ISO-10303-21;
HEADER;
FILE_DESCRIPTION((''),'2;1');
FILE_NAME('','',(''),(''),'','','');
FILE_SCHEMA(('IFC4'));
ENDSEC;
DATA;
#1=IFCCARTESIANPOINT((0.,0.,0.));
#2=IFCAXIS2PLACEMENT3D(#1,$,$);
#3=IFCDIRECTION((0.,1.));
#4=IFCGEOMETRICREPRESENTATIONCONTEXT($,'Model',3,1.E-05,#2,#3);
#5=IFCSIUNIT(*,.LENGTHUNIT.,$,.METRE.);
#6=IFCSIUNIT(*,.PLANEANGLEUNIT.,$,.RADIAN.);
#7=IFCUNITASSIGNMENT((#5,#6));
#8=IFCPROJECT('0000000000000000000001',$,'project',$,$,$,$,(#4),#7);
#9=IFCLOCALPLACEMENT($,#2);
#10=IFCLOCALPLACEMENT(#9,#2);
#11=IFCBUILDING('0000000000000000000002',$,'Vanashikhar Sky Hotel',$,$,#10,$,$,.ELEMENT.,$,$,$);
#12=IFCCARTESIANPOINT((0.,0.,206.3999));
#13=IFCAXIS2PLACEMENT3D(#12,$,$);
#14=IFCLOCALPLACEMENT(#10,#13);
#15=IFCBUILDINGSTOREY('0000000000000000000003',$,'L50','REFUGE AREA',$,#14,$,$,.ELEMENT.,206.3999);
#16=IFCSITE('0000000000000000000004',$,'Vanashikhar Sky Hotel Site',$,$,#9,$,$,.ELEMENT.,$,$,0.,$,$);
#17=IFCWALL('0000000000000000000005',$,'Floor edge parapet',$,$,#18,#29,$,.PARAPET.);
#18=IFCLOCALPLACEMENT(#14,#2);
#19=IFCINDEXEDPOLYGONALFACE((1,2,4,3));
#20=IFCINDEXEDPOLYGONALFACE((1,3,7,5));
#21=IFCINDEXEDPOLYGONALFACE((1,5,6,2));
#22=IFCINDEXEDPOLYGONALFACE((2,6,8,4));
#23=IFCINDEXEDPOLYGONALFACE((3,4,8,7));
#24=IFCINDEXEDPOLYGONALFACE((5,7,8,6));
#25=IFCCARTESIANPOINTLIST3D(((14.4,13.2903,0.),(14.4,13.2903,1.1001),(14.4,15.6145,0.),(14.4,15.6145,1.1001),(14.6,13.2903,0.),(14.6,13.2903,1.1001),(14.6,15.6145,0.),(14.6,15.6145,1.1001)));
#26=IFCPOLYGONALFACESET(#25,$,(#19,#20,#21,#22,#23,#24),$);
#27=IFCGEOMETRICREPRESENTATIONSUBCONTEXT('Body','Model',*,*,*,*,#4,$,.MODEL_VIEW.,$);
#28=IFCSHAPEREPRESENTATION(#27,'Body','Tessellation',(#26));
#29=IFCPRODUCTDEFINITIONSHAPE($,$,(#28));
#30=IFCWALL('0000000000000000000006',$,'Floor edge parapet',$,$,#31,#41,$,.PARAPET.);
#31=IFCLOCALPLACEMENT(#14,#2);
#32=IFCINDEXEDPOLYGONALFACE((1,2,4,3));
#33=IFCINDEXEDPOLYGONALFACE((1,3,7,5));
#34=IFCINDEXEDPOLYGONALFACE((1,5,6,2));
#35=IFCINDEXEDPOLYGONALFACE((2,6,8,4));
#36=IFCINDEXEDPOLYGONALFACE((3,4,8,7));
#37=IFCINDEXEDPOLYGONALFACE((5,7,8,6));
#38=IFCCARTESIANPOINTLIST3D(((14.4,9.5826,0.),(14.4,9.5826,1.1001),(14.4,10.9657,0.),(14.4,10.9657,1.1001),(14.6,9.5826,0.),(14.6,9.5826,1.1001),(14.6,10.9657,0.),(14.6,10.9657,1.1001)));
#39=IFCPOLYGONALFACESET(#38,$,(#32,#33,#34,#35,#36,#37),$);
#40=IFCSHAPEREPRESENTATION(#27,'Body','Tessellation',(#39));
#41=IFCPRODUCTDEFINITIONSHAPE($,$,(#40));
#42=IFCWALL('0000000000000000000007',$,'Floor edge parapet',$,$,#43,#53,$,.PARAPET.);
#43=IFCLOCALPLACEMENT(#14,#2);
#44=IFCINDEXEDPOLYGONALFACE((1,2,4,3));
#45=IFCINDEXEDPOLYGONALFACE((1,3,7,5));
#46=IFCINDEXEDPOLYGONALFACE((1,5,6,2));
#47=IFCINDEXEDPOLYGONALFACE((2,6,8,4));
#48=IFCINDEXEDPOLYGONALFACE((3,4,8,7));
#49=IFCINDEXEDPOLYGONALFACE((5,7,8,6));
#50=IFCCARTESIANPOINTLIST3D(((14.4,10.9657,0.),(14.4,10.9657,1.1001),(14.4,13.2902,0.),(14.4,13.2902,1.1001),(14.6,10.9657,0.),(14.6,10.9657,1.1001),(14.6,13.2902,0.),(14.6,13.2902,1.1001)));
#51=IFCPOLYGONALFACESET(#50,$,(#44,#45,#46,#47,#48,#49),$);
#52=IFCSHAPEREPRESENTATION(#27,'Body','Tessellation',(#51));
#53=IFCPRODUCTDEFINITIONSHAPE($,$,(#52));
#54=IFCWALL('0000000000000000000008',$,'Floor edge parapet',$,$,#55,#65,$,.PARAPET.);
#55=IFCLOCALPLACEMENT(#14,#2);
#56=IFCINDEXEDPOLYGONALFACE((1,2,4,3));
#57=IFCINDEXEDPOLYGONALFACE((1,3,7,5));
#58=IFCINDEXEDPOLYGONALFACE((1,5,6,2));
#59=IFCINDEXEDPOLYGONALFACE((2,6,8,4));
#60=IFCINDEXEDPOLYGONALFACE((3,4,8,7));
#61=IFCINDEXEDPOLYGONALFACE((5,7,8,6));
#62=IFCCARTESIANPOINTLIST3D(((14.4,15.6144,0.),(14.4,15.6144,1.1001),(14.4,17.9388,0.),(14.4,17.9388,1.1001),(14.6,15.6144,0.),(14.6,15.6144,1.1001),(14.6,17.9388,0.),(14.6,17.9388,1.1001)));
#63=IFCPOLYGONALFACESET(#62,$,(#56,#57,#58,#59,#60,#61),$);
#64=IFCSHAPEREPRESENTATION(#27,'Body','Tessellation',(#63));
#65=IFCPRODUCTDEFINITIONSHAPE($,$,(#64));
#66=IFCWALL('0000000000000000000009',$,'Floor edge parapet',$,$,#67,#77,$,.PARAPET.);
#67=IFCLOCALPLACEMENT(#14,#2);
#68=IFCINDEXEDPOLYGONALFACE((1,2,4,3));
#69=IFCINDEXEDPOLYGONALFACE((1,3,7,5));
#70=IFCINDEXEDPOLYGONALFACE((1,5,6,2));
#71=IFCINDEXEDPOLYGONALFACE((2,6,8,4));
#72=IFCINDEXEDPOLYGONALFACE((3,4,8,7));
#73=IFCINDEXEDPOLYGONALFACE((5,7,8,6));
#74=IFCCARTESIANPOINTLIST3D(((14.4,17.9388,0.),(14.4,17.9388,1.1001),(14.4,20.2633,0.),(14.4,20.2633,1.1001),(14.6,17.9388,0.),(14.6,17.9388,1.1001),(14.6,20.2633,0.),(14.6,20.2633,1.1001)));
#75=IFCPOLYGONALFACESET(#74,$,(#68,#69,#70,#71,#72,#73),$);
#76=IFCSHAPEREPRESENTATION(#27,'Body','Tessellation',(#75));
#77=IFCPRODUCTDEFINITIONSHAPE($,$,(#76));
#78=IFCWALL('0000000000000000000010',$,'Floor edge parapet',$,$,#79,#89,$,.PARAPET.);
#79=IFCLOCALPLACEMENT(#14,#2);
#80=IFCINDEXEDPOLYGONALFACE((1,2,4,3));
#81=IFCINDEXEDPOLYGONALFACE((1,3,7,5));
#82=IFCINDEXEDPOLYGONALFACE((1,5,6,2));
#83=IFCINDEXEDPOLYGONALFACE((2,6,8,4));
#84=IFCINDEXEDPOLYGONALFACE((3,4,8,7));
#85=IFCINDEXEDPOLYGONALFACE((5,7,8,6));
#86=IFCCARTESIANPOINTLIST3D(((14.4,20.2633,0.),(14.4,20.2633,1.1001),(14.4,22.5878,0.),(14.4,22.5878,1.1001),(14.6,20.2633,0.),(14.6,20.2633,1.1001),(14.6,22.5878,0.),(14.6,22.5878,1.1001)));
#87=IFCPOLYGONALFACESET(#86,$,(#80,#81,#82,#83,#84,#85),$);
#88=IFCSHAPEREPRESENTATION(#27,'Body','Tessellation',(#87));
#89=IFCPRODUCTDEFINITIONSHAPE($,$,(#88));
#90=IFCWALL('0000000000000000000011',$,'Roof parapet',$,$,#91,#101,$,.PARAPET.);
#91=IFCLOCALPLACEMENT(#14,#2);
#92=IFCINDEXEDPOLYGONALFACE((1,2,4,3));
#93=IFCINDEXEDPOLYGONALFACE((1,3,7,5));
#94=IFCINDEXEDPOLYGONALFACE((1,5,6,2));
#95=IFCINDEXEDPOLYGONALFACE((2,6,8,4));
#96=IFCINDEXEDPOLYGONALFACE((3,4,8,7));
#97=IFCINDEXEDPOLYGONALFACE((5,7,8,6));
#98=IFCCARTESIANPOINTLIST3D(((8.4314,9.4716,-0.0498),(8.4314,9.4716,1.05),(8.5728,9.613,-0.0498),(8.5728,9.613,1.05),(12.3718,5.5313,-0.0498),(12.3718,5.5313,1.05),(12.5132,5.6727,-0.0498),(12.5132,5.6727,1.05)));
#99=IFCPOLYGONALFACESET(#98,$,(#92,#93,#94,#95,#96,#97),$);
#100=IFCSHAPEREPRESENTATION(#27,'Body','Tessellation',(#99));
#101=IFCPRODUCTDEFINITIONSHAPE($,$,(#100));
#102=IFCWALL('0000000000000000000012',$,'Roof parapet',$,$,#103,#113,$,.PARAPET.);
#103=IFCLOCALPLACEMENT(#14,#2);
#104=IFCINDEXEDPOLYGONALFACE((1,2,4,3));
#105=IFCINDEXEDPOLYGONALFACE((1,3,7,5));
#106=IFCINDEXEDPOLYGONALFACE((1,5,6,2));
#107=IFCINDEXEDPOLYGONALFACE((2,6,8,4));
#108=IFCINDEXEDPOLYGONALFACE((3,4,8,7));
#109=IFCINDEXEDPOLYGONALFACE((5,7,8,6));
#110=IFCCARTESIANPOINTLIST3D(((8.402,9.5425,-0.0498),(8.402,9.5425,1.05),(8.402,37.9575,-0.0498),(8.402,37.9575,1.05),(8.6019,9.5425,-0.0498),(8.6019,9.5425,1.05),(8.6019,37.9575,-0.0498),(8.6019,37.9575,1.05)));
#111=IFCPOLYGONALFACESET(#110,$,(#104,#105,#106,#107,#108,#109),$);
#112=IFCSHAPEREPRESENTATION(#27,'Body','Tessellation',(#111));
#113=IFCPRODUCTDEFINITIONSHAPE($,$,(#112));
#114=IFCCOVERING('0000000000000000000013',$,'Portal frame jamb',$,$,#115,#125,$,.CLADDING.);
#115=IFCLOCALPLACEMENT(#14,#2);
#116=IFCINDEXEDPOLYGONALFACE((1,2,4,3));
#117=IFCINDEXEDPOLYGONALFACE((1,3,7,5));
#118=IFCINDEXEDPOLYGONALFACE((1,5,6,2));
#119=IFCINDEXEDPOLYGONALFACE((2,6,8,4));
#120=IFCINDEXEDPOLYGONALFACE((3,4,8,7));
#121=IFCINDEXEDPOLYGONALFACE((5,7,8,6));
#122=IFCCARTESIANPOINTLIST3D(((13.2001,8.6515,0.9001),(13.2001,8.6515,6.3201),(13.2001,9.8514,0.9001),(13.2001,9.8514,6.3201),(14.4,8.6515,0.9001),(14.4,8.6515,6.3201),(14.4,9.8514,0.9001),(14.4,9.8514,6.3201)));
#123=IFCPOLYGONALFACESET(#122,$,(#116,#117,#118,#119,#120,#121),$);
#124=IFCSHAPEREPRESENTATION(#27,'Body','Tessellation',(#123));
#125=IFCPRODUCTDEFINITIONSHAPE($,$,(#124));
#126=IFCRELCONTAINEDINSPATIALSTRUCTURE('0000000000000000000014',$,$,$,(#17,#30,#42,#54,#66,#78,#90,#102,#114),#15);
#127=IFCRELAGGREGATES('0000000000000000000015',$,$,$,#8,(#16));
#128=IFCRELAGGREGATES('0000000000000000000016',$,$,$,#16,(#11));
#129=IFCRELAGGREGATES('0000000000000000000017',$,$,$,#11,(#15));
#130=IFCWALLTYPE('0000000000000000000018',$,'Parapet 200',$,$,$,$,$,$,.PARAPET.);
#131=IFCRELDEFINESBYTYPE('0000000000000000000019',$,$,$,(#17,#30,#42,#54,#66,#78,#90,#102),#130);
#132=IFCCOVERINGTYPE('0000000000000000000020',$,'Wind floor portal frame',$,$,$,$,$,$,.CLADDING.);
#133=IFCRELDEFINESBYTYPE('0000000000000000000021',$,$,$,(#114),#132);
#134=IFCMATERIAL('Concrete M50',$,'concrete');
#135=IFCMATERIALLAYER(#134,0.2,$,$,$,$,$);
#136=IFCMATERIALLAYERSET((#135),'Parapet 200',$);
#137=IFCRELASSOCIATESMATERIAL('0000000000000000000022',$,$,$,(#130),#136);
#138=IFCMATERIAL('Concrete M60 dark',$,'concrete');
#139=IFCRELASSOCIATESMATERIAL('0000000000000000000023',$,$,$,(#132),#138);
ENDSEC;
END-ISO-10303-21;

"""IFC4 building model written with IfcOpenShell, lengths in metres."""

from ifc_helpers import new_model, si_unit, direction, frame, frame_2d, origin, origin_2d, place, context, subcontext, project, spatial, rectangle, extrude, source, transform, mapped, material, layer, layer_set, type_object, element, save


model = new_model("IFC4")

# Units and contexts
model_context = context("Model", 3, precision=1e-05, world=origin(), true_north=direction((0.0, 1.0)))
body_context = subcontext(model_context, "Body", "Model", "MODEL_VIEW")
ifc_project = project(units=[si_unit("LENGTHUNIT", "METRE"), si_unit("PLANEANGLEUNIT", "RADIAN")], contexts=[model_context])

# Site, building, storey
site_placement = place(None, origin())
site = spatial("IfcSite", under=ifc_project, at=site_placement, Name="Vanashikhar Sky Hotel Site", CompositionType="ELEMENT", RefElevation=0.0)
building_placement = place(site_placement, origin())
building = spatial("IfcBuilding", under=site, at=building_placement, Name="Vanashikhar Sky Hotel", CompositionType="ELEMENT")
storey_placement = place(building_placement, frame((0.0, 0.0, 206.3999)))
storey = spatial("IfcBuildingStorey", under=building, at=storey_placement, Name="L50", Description="REFUGE AREA", CompositionType="ELEMENT", Elevation=206.3999)

# Shared definitions
ifc_material_1 = material(Name="Concrete M50", Category="concrete")

# Walls
ifc_layer_1 = layer(ifc_material_1, 0.2)
ifc_layer_set_1 = layer_set([ifc_layer_1], Name="Parapet 200")
wall_type = type_object("IfcWallType", Name="Parapet 200", PredefinedType="PARAPET", material=ifc_layer_set_1)
shared_shape_1 = source(origin(), body_context, "Body", "SweptSolid", [
    extrude(rectangle(XDim=2.3242, YDim=0.2, at=frame_2d((1.1621, 0.0))), origin(), (0.0, 0.0, 1.0), 1.1001),
])
wall_1_placement = place(storey_placement, frame((14.5, 13.2903, 0.0), z_axis=(0.0, 0.0, 1.0), x_axis=(0.0, 1.0, 0.0)))
element("IfcWall", 1, at=wall_1_placement, inside=storey, type_object=wall_type, Name="Floor edge parapet", PredefinedType="PARAPET", context=body_context, shape_type="MappedRepresentation", body=[
    mapped(shared_shape_1, transform((0.0, 0.0, 0.0), scale=1.0)),
])
shared_shape_2 = source(origin(), body_context, "Body", "SweptSolid", [
    extrude(rectangle(XDim=1.3831, YDim=0.2, at=frame_2d((0.6914, 0.0))), origin(), (0.0, 0.0, 1.0), 1.1001),
])
wall_2_placement = place(storey_placement, frame((14.5, 9.5828, 0.0), z_axis=(0.0, 0.0, 1.0), x_axis=(0.0, 1.0, 0.0)))
element("IfcWall", 2, at=wall_2_placement, inside=storey, type_object=wall_type, Name="Floor edge parapet", PredefinedType="PARAPET", context=body_context, shape_type="MappedRepresentation", body=[
    mapped(shared_shape_2, transform((0.0, 0.0, 0.0), scale=1.0)),
])
shared_shape_3 = source(origin(), body_context, "Body", "SweptSolid", [
    extrude(rectangle(XDim=2.3245, YDim=0.2, at=frame_2d((1.1621, 0.0))), origin(), (0.0, 0.0, 1.0), 1.1001),
])
for number, where, z_axis, x_axis, name in (
    (3, (14.5, 10.9658, 0.0), (0.0, 0.0, 1.0), (0.0, 1.0, 0.0), "Floor edge parapet"),
    (4, (14.5, 15.6145, 0.0), (0.0, 0.0, 1.0), (0.0, 1.0, 0.0), "Floor edge parapet"),
    (5, (14.5, 17.939, 0.0), (0.0, 0.0, 1.0), (0.0, 1.0, 0.0), "Floor edge parapet"),
    (6, (14.5, 20.2634, 0.0), (0.0, 0.0, 1.0), (0.0, 1.0, 0.0), "Floor edge parapet"),
):
    element("IfcWall", number, at=place(storey_placement, frame(where, z_axis=z_axis, x_axis=x_axis)), inside=storey, type_object=wall_type, Name=name, PredefinedType="PARAPET", context=body_context, shape_type="MappedRepresentation", body=[
        mapped(shared_shape_3, transform((0.0, 0.0, 0.0), scale=1.0)),
    ])
shared_shape_4 = source(origin(), body_context, "Body", "SweptSolid", [
    extrude(rectangle(XDim=5.5725, YDim=0.2, at=frame_2d((2.7861, 0.0))), origin(), (0.0, 0.0, 1.0), 1.0999),
])
wall_3_placement = place(storey_placement, frame((12.4424, 5.6021, -0.0498), z_axis=(0.0, 0.0, 1.0), x_axis=(-0.707107, 0.707107, 0.0)))
element("IfcWall", 7, at=wall_3_placement, inside=storey, type_object=wall_type, Name="Roof parapet", PredefinedType="PARAPET", context=body_context, shape_type="MappedRepresentation", body=[
    mapped(shared_shape_4, transform((0.0, 0.0, 0.0), scale=1.0)),
])
shared_shape_5 = source(origin(), body_context, "Body", "SweptSolid", [
    extrude(rectangle(XDim=28.415, YDim=0.2, at=frame_2d((14.2075, 0.0))), origin(), (0.0, 0.0, 1.0), 1.0999),
])
wall_4_placement = place(storey_placement, frame((8.502, 9.5425, -0.0498), z_axis=(0.0, 0.0, 1.0), x_axis=(0.0, 1.0, 0.0)))
element("IfcWall", 8, at=wall_4_placement, inside=storey, type_object=wall_type, Name="Roof parapet", PredefinedType="PARAPET", context=body_context, shape_type="MappedRepresentation", body=[
    mapped(shared_shape_5, transform((0.0, 0.0, 0.0), scale=1.0)),
])

# Covering
ifc_material_2 = material(Name="Concrete M60 dark", Category="concrete")
covering_type = type_object("IfcCoveringType", Name="Wind floor portal frame", PredefinedType="CLADDING", material=ifc_material_2)
shared_shape_6 = source(origin(), body_context, "Body", "SweptSolid", [
    extrude(rectangle(XDim=1.2, YDim=1.2, at=origin_2d()), origin(), (0.0, 0.0, 1.0), 5.4199),
])
covering_placement = place(storey_placement, frame((13.8, 9.2515, 0.9001), z_axis=(0.0, 0.0, 1.0), x_axis=(1.0, 0.0, 0.0)))
element("IfcCovering", 9, at=covering_placement, inside=storey, type_object=covering_type, Name="Portal frame jamb", PredefinedType="CLADDING", context=body_context, shape_type="MappedRepresentation", body=[
    mapped(shared_shape_6, transform((0.0, 0.0, 0.0), scale=1.0)),
])

save(model, "model.ifc")
